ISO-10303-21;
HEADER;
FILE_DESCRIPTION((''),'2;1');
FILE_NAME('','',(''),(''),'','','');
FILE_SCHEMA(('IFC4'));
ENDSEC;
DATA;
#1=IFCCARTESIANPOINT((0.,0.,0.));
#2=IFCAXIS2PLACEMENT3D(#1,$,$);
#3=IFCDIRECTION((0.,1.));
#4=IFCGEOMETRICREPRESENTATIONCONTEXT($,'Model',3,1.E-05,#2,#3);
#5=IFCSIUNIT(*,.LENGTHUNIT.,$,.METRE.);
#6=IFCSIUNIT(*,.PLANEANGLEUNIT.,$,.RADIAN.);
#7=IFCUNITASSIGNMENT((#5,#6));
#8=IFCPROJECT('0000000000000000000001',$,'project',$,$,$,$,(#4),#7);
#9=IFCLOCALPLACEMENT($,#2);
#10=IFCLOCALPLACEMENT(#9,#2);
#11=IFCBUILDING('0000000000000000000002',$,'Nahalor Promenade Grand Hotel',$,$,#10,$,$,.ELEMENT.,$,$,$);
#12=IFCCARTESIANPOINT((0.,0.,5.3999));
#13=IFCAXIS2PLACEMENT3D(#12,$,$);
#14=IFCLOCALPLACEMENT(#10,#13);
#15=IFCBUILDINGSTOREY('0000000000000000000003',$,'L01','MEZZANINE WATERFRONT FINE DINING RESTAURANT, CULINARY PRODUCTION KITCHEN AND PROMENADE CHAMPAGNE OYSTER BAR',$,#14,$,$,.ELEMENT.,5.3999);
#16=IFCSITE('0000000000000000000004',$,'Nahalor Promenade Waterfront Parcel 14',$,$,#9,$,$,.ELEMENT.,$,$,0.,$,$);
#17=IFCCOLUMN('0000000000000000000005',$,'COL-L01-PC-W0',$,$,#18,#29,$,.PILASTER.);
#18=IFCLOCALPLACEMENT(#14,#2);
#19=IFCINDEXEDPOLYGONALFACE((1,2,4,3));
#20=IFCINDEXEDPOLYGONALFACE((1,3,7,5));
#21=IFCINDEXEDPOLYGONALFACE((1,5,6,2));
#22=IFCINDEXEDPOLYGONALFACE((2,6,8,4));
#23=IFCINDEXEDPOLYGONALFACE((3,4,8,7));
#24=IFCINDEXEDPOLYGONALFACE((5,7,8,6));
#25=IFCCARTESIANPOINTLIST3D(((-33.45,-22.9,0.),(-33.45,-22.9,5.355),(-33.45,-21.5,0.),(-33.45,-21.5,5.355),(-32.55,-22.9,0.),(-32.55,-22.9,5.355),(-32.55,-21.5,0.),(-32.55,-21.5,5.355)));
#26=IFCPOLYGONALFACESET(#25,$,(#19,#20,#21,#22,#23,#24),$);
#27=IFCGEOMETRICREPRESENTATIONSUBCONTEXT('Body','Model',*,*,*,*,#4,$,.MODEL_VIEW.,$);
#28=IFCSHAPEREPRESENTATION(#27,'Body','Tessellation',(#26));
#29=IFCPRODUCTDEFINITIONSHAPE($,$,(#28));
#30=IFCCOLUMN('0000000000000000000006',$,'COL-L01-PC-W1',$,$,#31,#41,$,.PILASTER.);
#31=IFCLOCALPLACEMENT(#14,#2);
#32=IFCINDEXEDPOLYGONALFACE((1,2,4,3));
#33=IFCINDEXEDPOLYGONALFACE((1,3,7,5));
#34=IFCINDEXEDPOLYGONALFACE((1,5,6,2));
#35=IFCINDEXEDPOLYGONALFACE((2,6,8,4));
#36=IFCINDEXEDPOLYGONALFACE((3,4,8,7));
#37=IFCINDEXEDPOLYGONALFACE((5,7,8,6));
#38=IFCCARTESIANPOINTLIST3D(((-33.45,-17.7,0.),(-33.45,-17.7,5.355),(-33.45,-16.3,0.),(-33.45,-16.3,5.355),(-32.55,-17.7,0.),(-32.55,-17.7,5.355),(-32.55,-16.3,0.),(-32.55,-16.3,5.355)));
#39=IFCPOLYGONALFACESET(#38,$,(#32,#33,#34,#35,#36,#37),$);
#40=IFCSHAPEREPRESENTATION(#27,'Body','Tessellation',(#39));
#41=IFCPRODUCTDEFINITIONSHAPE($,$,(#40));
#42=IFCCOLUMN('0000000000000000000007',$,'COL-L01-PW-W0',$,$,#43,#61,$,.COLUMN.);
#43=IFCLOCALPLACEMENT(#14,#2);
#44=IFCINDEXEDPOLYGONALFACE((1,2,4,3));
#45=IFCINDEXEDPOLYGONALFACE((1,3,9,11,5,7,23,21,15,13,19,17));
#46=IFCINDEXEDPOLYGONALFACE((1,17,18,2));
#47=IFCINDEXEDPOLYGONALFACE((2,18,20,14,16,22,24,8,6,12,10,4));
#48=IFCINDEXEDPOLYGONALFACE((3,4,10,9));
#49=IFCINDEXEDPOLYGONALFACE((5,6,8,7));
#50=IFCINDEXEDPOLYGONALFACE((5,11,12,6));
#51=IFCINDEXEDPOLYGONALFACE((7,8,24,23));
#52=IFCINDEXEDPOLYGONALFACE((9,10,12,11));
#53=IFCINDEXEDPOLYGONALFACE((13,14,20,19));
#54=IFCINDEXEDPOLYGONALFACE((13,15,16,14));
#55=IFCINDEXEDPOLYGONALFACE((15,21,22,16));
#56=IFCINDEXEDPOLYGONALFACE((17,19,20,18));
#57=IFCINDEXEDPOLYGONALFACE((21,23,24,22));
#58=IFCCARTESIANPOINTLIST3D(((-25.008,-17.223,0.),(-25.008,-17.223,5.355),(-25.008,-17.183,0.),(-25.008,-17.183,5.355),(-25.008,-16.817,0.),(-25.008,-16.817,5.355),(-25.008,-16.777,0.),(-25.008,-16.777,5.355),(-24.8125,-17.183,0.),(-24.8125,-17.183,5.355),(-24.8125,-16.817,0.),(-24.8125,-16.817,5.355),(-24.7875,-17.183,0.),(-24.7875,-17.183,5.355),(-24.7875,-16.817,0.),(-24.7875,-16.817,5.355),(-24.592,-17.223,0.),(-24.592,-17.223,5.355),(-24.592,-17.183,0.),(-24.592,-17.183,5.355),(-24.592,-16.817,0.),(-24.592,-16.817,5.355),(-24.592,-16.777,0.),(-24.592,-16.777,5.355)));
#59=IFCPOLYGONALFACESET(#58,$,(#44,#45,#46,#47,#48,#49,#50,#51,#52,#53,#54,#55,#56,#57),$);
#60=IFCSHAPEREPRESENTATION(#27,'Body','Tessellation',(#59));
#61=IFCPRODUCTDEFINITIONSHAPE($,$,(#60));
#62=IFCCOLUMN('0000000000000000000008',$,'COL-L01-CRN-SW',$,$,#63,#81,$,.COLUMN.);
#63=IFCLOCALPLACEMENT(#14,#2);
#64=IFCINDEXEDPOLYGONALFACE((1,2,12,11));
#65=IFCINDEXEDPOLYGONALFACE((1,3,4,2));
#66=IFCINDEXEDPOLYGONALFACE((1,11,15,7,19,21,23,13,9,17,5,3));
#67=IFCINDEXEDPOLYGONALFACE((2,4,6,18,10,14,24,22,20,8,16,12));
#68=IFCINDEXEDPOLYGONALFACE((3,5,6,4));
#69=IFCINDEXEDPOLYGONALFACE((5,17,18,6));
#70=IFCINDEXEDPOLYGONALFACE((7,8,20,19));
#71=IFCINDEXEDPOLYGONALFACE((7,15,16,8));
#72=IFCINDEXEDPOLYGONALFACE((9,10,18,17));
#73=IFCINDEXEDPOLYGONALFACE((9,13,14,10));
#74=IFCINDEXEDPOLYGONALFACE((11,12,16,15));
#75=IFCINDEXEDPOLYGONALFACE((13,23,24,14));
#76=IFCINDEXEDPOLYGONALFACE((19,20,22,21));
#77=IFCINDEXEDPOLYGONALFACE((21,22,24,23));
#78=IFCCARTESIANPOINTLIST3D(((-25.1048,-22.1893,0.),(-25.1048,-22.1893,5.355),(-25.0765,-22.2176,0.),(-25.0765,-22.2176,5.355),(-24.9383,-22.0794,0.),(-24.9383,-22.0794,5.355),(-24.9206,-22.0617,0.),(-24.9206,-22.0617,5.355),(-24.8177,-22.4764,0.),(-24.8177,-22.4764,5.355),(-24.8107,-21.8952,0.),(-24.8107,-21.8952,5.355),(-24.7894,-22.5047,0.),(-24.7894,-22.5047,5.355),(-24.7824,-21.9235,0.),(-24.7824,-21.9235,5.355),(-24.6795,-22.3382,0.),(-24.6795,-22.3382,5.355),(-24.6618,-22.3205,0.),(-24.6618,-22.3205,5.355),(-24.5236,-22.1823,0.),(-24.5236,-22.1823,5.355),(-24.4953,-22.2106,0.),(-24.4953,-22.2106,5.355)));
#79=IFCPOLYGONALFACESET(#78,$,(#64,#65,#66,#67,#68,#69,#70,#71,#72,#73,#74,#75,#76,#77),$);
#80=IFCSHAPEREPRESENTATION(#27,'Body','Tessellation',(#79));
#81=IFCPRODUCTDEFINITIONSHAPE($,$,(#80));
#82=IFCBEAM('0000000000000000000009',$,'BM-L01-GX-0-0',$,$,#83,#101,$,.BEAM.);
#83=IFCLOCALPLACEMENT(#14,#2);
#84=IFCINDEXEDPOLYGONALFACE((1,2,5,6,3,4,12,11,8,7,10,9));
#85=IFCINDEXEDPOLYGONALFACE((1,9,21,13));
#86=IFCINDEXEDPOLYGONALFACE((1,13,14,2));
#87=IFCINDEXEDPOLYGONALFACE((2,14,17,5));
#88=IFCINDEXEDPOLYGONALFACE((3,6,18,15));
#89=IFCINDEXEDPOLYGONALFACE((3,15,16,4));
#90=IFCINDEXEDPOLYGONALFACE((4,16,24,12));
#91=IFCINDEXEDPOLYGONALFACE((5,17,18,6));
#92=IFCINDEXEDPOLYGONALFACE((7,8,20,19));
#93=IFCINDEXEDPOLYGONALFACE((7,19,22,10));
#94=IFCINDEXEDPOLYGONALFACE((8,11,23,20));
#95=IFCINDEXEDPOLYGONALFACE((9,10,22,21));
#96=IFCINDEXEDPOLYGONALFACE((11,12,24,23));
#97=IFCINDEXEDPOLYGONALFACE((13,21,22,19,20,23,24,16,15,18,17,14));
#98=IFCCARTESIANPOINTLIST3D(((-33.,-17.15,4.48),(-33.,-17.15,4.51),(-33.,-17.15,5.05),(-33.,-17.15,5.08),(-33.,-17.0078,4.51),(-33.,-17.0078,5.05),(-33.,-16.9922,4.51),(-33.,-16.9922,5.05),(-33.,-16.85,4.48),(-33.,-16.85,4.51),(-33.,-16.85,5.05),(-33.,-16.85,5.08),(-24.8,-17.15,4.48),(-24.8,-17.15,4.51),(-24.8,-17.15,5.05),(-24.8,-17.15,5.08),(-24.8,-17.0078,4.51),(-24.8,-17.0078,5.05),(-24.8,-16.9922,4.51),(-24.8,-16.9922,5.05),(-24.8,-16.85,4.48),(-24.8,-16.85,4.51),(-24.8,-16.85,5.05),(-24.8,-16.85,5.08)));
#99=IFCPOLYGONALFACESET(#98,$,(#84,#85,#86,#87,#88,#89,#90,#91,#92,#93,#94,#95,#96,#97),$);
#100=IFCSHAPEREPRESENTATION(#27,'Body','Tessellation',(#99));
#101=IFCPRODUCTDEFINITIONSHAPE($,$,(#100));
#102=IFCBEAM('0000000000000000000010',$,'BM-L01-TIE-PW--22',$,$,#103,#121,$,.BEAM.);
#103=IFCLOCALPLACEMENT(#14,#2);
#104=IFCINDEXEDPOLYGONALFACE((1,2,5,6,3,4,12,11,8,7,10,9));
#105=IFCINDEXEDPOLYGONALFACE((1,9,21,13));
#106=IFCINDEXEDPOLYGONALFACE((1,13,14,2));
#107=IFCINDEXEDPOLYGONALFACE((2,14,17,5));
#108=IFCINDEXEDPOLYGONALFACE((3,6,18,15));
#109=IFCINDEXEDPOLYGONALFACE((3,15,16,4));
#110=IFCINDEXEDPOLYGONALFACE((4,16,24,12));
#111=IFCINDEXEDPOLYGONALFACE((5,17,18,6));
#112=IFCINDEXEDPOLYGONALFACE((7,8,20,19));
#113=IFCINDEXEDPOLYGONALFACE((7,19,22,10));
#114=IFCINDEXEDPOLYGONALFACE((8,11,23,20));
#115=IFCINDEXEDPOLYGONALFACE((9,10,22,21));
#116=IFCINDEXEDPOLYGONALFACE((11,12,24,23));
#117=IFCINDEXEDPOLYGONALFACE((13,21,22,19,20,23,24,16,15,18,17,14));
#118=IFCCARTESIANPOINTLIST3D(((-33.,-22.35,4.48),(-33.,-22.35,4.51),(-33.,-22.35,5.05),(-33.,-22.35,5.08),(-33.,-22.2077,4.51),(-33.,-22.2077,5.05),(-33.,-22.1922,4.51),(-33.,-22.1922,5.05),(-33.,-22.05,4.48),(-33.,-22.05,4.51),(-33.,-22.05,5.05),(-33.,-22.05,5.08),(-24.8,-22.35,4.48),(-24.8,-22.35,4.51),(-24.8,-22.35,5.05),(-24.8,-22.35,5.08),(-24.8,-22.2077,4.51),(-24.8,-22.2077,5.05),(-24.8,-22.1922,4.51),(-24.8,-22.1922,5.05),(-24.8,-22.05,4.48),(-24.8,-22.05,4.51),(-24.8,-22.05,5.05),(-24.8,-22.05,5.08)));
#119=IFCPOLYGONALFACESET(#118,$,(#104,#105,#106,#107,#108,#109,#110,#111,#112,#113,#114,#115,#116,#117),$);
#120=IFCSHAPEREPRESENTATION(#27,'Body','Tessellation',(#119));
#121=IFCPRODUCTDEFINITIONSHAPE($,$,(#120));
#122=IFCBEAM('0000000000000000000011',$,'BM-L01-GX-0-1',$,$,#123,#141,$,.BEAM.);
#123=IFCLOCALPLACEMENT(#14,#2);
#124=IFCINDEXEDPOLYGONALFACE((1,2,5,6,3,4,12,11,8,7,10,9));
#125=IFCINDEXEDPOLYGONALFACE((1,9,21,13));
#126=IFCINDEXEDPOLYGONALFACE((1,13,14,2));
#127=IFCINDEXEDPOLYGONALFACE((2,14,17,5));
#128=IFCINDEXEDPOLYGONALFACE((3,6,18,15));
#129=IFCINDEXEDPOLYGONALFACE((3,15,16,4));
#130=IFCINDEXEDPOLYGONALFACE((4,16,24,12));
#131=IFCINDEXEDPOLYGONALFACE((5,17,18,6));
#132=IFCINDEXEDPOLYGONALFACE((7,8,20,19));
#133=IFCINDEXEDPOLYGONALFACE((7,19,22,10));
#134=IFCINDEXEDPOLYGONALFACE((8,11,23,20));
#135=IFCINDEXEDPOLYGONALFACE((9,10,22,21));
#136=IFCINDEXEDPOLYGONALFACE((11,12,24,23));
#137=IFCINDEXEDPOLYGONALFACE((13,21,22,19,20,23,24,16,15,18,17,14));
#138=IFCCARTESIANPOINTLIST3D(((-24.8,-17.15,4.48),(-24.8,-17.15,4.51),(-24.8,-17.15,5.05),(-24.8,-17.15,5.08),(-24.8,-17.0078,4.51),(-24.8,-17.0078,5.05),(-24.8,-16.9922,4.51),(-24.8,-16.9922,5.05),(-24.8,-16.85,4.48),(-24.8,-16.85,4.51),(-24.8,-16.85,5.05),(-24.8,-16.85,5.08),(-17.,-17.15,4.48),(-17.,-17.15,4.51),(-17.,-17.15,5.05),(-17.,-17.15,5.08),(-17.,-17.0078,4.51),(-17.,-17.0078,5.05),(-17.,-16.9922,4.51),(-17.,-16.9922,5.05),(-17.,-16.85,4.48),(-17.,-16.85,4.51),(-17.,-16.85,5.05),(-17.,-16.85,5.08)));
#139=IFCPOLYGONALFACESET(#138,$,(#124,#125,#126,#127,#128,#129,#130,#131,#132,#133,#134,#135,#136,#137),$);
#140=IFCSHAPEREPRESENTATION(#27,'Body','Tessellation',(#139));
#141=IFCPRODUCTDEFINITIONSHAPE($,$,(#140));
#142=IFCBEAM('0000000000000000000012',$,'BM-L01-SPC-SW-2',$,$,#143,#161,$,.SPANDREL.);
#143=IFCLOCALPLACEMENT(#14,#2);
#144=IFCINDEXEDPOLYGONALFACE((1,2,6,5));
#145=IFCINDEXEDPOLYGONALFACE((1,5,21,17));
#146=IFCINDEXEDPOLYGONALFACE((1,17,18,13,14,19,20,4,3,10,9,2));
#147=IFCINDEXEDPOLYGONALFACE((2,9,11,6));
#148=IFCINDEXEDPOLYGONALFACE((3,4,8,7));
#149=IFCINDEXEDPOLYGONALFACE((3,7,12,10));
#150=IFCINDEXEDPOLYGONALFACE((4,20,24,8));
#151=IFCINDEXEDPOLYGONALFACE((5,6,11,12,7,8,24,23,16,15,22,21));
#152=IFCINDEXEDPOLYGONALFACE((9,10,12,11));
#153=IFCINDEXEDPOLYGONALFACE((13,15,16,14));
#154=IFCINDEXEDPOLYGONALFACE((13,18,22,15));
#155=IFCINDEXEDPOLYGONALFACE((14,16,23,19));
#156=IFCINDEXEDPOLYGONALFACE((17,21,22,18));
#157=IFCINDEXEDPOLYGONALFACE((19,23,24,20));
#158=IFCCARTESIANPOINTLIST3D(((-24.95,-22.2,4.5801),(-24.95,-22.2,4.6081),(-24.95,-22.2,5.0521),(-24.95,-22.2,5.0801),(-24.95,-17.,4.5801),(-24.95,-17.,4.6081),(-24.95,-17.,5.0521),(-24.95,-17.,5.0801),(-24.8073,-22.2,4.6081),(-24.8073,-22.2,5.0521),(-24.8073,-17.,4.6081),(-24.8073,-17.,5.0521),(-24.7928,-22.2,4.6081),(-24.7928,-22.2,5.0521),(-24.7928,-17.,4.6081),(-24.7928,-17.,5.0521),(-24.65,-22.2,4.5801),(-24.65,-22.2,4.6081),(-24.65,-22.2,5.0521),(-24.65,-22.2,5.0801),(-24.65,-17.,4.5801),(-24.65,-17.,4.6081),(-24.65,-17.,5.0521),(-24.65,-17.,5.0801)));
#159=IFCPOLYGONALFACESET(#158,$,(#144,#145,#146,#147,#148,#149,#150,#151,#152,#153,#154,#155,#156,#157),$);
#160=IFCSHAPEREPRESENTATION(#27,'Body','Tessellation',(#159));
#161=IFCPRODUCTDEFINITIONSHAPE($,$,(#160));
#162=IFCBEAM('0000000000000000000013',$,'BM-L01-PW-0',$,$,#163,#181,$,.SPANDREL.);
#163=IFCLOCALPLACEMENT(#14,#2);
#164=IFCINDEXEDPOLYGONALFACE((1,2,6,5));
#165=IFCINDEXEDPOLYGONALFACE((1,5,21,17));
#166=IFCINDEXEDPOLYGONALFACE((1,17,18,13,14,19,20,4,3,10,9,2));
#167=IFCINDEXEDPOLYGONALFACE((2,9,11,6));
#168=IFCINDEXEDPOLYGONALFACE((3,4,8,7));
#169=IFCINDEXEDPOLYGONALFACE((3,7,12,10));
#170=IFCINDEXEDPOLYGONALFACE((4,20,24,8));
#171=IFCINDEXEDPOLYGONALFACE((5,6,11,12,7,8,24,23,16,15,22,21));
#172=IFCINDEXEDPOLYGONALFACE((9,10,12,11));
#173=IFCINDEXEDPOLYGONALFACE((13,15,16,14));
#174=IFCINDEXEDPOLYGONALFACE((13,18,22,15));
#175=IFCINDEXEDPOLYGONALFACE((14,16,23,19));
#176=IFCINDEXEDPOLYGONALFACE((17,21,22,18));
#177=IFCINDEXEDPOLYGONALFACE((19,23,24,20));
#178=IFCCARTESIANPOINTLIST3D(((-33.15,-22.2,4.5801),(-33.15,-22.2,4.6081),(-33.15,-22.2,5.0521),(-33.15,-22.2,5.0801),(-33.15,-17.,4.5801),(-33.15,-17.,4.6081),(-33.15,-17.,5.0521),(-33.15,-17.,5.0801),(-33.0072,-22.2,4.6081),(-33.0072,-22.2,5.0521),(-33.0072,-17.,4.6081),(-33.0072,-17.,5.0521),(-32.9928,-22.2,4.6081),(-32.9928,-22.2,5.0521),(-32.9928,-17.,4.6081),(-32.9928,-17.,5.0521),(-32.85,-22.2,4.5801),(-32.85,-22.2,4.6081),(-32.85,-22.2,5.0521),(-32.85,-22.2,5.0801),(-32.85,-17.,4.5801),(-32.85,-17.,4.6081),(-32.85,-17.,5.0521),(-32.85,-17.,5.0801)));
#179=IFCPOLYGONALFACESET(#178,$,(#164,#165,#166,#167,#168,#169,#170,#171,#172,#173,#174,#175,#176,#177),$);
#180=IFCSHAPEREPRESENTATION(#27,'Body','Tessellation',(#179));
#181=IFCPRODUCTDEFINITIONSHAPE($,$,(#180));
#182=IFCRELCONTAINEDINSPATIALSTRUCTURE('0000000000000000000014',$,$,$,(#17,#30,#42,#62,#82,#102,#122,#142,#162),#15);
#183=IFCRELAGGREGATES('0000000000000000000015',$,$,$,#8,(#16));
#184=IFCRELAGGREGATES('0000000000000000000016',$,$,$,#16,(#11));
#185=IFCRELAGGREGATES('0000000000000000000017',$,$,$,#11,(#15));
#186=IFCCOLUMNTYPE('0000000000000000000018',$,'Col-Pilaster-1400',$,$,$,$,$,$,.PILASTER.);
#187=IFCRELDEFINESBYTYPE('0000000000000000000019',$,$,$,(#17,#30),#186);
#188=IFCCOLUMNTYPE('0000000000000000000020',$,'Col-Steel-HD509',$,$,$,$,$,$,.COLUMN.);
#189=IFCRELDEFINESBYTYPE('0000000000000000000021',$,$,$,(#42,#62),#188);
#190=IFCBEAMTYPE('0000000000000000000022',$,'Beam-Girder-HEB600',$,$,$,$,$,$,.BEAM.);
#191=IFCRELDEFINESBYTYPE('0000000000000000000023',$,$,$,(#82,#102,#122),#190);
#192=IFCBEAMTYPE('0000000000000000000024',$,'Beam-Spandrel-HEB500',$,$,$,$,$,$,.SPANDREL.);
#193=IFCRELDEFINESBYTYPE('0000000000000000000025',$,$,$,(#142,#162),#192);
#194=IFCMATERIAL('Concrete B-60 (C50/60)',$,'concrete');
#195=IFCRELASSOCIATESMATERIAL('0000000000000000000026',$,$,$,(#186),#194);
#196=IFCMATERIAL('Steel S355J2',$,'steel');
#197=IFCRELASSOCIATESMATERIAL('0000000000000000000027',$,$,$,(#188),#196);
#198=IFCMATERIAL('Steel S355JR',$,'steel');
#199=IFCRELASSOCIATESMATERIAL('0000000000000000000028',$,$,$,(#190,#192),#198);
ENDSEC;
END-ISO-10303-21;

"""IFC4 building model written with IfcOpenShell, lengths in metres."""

from ifc_helpers import new_model, si_unit, direction, frame, origin, origin_2d, place, context, subcontext, project, spatial, rectangle, i_section, extrude, source, transform, mapped, material, material_profile, profile_set, type_object, element, save


model = new_model("IFC4")

# Units and contexts
model_context = context("Model", 3, precision=1e-05, world=origin(), true_north=direction((0.0, 1.0)))
body_context = subcontext(model_context, "Body", "Model", "MODEL_VIEW")
ifc_project = project(units=[si_unit("LENGTHUNIT", "METRE"), si_unit("PLANEANGLEUNIT", "RADIAN")], contexts=[model_context])

# Site, building, storey
site_placement = place(None, origin())
site = spatial("IfcSite", under=ifc_project, at=site_placement, Name="Nahalor Promenade Waterfront Parcel 14", CompositionType="ELEMENT", RefElevation=0.0)
building_placement = place(site_placement, origin())
building = spatial("IfcBuilding", under=site, at=building_placement, Name="Nahalor Promenade Grand Hotel", CompositionType="ELEMENT")
storey_placement = place(building_placement, frame((0.0, 0.0, 5.3999)))
storey = spatial("IfcBuildingStorey", under=building, at=storey_placement, Name="L01", Description="MEZZANINE WATERFRONT FINE DINING RESTAURANT, CULINARY PRODUCTION KITCHEN AND PROMENADE CHAMPAGNE OYSTER BAR", CompositionType="ELEMENT", Elevation=5.3999)

# Columns
ifc_material_1 = material(Name="Concrete B-60 (C50/60)", Category="concrete")
ifc_material_profile_1 = material_profile(ifc_material_1, rectangle(XDim=0.9, YDim=1.4, at=origin_2d()), Name="RC 900x1400")
ifc_profile_set_1 = profile_set([ifc_material_profile_1], Name="Concrete B-60 (C50/60)")
column_type_1 = type_object("IfcColumnType", Name="Col-Pilaster-1400", PredefinedType="PILASTER", material=ifc_profile_set_1)
shared_shape_1 = source(origin(), body_context, "Body", "SweptSolid", [
    extrude(rectangle(XDim=0.9, YDim=1.4, at=origin_2d()), origin(), (0.0, 0.0, 1.0), 5.355),
])
for number, where, z_axis, x_axis, name in (
    (1, (-33.0, -22.2, 0.0), (0.0, 0.0, 1.0), (1.0, 0.0, 0.0), "COL-L01-PC-W0"),
    (2, (-33.0, -17.0, 0.0), (0.0, 0.0, 1.0), (1.0, 0.0, 0.0), "COL-L01-PC-W1"),
):
    element("IfcColumn", number, at=place(storey_placement, frame(where, z_axis=z_axis, x_axis=x_axis)), inside=storey, type_object=column_type_1, Name=name, PredefinedType="PILASTER", context=body_context, shape_type="MappedRepresentation", body=[
        mapped(shared_shape_1, transform((0.0, 0.0, 0.0), scale=1.0)),
    ])
ifc_material_2 = material(Name="Steel S355J2", Category="steel")
ifc_material_profile_2 = material_profile(ifc_material_2, i_section(OverallWidth=0.416, OverallDepth=0.446, WebThickness=0.025, FlangeThickness=0.04, at=origin_2d()), Name="HD 400x509")
ifc_profile_set_2 = profile_set([ifc_material_profile_2], Name="Steel S355J2")
column_type_2 = type_object("IfcColumnType", Name="Col-Steel-HD509", PredefinedType="COLUMN", material=ifc_profile_set_2)
shared_shape_2 = source(origin(), body_context, "Body", "SweptSolid", [
    extrude(i_section(OverallWidth=0.416, OverallDepth=0.446, WebThickness=0.025, FlangeThickness=0.04, at=origin_2d()), origin(), (0.0, 0.0, 1.0), 5.355),
])
for number, where, z_axis, x_axis, name in (
    (3, (-24.8, -17.0, 0.0), (0.0, 0.0, 1.0), (1.0, 0.0, 0.0), "COL-L01-PW-W0"),
    (4, (-24.8, -22.2, 0.0), (0.0, 0.0, 1.0), (0.707107, 0.707107, 0.0), "COL-L01-CRN-SW"),
):
    element("IfcColumn", number, at=place(storey_placement, frame(where, z_axis=z_axis, x_axis=x_axis)), inside=storey, type_object=column_type_2, Name=name, PredefinedType="COLUMN", context=body_context, shape_type="MappedRepresentation", body=[
        mapped(shared_shape_2, transform((0.0, 0.0, 0.0), scale=1.0)),
    ])

# Beams
ifc_material_3 = material(Name="Steel S355JR", Category="steel")
ifc_material_profile_3 = material_profile(ifc_material_3, i_section(OverallWidth=0.3, OverallDepth=0.6, WebThickness=0.0155, FlangeThickness=0.03, at=origin_2d()), Name="HEB 600")
ifc_profile_set_3 = profile_set([ifc_material_profile_3], Name="Steel S355JR")
beam_type_1 = type_object("IfcBeamType", Name="Beam-Girder-HEB600", PredefinedType="BEAM", material=ifc_profile_set_3)
shared_shape_3 = source(origin(), body_context, "Body", "SweptSolid", [
    extrude(i_section(OverallWidth=0.3, OverallDepth=0.6, WebThickness=0.0155, FlangeThickness=0.03, at=origin_2d()), origin(), (0.0, 0.0, 1.0), 8.2),
])
for number, where, z_axis, x_axis, name in (
    (5, (-33.0, -17.0, 4.78), (1.0, 0.0, 0.0), (0.0, 1.0, 0.0), "BM-L01-GX-0-0"),
    (6, (-24.8, -22.2, 4.78), (-1.0, 0.0, 0.0), (0.0, -1.0, 0.0), "BM-L01-TIE-PW--22"),
):
    element("IfcBeam", number, at=place(storey_placement, frame(where, z_axis=z_axis, x_axis=x_axis)), inside=storey, type_object=beam_type_1, Name=name, PredefinedType="BEAM", context=body_context, shape_type="MappedRepresentation", body=[
        mapped(shared_shape_3, transform((0.0, 0.0, 0.0), scale=1.0)),
    ])
shared_shape_4 = source(origin(), body_context, "Body", "SweptSolid", [
    extrude(i_section(OverallWidth=0.3, OverallDepth=0.6, WebThickness=0.0155, FlangeThickness=0.03, at=origin_2d()), origin(), (0.0, 0.0, 1.0), 7.8),
])
beam_1_placement = place(storey_placement, frame((-24.8, -17.0, 4.78), z_axis=(1.0, 0.0, 0.0), x_axis=(0.0, 1.0, 0.0)))
element("IfcBeam", 7, at=beam_1_placement, inside=storey, type_object=beam_type_1, Name="BM-L01-GX-0-1", PredefinedType="BEAM", context=body_context, shape_type="MappedRepresentation", body=[
    mapped(shared_shape_4, transform((0.0, 0.0, 0.0), scale=1.0)),
])
ifc_material_profile_4 = material_profile(ifc_material_3, i_section(OverallWidth=0.3, OverallDepth=0.5, WebThickness=0.0145, FlangeThickness=0.028, at=origin_2d()), Name="HEB 500")
ifc_profile_set_4 = profile_set([ifc_material_profile_4], Name="Steel S355JR")
beam_type_2 = type_object("IfcBeamType", Name="Beam-Spandrel-HEB500", PredefinedType="SPANDREL", material=ifc_profile_set_4)
shared_shape_5 = source(origin(), body_context, "Body", "SweptSolid", [
    extrude(i_section(OverallWidth=0.3, OverallDepth=0.5, WebThickness=0.0145, FlangeThickness=0.028, at=origin_2d()), origin(), (0.0, 0.0, 1.0), 5.2),
])
for number, where, z_axis, x_axis, name in (
    (8, (-24.8, -22.2, 4.8301), (0.0, 1.0, 0.0), (-1.0, 0.0, 0.0), "BM-L01-SPC-SW-2"),
    (9, (-33.0, -22.2, 4.8301), (0.0, 1.0, 0.0), (-1.0, 0.0, 0.0), "BM-L01-PW-0"),
):
    element("IfcBeam", number, at=place(storey_placement, frame(where, z_axis=z_axis, x_axis=x_axis)), inside=storey, type_object=beam_type_2, Name=name, PredefinedType="SPANDREL", context=body_context, shape_type="MappedRepresentation", body=[
        mapped(shared_shape_5, transform((0.0, 0.0, 0.0), scale=1.0)),
    ])

save(model, "model.ifc")
